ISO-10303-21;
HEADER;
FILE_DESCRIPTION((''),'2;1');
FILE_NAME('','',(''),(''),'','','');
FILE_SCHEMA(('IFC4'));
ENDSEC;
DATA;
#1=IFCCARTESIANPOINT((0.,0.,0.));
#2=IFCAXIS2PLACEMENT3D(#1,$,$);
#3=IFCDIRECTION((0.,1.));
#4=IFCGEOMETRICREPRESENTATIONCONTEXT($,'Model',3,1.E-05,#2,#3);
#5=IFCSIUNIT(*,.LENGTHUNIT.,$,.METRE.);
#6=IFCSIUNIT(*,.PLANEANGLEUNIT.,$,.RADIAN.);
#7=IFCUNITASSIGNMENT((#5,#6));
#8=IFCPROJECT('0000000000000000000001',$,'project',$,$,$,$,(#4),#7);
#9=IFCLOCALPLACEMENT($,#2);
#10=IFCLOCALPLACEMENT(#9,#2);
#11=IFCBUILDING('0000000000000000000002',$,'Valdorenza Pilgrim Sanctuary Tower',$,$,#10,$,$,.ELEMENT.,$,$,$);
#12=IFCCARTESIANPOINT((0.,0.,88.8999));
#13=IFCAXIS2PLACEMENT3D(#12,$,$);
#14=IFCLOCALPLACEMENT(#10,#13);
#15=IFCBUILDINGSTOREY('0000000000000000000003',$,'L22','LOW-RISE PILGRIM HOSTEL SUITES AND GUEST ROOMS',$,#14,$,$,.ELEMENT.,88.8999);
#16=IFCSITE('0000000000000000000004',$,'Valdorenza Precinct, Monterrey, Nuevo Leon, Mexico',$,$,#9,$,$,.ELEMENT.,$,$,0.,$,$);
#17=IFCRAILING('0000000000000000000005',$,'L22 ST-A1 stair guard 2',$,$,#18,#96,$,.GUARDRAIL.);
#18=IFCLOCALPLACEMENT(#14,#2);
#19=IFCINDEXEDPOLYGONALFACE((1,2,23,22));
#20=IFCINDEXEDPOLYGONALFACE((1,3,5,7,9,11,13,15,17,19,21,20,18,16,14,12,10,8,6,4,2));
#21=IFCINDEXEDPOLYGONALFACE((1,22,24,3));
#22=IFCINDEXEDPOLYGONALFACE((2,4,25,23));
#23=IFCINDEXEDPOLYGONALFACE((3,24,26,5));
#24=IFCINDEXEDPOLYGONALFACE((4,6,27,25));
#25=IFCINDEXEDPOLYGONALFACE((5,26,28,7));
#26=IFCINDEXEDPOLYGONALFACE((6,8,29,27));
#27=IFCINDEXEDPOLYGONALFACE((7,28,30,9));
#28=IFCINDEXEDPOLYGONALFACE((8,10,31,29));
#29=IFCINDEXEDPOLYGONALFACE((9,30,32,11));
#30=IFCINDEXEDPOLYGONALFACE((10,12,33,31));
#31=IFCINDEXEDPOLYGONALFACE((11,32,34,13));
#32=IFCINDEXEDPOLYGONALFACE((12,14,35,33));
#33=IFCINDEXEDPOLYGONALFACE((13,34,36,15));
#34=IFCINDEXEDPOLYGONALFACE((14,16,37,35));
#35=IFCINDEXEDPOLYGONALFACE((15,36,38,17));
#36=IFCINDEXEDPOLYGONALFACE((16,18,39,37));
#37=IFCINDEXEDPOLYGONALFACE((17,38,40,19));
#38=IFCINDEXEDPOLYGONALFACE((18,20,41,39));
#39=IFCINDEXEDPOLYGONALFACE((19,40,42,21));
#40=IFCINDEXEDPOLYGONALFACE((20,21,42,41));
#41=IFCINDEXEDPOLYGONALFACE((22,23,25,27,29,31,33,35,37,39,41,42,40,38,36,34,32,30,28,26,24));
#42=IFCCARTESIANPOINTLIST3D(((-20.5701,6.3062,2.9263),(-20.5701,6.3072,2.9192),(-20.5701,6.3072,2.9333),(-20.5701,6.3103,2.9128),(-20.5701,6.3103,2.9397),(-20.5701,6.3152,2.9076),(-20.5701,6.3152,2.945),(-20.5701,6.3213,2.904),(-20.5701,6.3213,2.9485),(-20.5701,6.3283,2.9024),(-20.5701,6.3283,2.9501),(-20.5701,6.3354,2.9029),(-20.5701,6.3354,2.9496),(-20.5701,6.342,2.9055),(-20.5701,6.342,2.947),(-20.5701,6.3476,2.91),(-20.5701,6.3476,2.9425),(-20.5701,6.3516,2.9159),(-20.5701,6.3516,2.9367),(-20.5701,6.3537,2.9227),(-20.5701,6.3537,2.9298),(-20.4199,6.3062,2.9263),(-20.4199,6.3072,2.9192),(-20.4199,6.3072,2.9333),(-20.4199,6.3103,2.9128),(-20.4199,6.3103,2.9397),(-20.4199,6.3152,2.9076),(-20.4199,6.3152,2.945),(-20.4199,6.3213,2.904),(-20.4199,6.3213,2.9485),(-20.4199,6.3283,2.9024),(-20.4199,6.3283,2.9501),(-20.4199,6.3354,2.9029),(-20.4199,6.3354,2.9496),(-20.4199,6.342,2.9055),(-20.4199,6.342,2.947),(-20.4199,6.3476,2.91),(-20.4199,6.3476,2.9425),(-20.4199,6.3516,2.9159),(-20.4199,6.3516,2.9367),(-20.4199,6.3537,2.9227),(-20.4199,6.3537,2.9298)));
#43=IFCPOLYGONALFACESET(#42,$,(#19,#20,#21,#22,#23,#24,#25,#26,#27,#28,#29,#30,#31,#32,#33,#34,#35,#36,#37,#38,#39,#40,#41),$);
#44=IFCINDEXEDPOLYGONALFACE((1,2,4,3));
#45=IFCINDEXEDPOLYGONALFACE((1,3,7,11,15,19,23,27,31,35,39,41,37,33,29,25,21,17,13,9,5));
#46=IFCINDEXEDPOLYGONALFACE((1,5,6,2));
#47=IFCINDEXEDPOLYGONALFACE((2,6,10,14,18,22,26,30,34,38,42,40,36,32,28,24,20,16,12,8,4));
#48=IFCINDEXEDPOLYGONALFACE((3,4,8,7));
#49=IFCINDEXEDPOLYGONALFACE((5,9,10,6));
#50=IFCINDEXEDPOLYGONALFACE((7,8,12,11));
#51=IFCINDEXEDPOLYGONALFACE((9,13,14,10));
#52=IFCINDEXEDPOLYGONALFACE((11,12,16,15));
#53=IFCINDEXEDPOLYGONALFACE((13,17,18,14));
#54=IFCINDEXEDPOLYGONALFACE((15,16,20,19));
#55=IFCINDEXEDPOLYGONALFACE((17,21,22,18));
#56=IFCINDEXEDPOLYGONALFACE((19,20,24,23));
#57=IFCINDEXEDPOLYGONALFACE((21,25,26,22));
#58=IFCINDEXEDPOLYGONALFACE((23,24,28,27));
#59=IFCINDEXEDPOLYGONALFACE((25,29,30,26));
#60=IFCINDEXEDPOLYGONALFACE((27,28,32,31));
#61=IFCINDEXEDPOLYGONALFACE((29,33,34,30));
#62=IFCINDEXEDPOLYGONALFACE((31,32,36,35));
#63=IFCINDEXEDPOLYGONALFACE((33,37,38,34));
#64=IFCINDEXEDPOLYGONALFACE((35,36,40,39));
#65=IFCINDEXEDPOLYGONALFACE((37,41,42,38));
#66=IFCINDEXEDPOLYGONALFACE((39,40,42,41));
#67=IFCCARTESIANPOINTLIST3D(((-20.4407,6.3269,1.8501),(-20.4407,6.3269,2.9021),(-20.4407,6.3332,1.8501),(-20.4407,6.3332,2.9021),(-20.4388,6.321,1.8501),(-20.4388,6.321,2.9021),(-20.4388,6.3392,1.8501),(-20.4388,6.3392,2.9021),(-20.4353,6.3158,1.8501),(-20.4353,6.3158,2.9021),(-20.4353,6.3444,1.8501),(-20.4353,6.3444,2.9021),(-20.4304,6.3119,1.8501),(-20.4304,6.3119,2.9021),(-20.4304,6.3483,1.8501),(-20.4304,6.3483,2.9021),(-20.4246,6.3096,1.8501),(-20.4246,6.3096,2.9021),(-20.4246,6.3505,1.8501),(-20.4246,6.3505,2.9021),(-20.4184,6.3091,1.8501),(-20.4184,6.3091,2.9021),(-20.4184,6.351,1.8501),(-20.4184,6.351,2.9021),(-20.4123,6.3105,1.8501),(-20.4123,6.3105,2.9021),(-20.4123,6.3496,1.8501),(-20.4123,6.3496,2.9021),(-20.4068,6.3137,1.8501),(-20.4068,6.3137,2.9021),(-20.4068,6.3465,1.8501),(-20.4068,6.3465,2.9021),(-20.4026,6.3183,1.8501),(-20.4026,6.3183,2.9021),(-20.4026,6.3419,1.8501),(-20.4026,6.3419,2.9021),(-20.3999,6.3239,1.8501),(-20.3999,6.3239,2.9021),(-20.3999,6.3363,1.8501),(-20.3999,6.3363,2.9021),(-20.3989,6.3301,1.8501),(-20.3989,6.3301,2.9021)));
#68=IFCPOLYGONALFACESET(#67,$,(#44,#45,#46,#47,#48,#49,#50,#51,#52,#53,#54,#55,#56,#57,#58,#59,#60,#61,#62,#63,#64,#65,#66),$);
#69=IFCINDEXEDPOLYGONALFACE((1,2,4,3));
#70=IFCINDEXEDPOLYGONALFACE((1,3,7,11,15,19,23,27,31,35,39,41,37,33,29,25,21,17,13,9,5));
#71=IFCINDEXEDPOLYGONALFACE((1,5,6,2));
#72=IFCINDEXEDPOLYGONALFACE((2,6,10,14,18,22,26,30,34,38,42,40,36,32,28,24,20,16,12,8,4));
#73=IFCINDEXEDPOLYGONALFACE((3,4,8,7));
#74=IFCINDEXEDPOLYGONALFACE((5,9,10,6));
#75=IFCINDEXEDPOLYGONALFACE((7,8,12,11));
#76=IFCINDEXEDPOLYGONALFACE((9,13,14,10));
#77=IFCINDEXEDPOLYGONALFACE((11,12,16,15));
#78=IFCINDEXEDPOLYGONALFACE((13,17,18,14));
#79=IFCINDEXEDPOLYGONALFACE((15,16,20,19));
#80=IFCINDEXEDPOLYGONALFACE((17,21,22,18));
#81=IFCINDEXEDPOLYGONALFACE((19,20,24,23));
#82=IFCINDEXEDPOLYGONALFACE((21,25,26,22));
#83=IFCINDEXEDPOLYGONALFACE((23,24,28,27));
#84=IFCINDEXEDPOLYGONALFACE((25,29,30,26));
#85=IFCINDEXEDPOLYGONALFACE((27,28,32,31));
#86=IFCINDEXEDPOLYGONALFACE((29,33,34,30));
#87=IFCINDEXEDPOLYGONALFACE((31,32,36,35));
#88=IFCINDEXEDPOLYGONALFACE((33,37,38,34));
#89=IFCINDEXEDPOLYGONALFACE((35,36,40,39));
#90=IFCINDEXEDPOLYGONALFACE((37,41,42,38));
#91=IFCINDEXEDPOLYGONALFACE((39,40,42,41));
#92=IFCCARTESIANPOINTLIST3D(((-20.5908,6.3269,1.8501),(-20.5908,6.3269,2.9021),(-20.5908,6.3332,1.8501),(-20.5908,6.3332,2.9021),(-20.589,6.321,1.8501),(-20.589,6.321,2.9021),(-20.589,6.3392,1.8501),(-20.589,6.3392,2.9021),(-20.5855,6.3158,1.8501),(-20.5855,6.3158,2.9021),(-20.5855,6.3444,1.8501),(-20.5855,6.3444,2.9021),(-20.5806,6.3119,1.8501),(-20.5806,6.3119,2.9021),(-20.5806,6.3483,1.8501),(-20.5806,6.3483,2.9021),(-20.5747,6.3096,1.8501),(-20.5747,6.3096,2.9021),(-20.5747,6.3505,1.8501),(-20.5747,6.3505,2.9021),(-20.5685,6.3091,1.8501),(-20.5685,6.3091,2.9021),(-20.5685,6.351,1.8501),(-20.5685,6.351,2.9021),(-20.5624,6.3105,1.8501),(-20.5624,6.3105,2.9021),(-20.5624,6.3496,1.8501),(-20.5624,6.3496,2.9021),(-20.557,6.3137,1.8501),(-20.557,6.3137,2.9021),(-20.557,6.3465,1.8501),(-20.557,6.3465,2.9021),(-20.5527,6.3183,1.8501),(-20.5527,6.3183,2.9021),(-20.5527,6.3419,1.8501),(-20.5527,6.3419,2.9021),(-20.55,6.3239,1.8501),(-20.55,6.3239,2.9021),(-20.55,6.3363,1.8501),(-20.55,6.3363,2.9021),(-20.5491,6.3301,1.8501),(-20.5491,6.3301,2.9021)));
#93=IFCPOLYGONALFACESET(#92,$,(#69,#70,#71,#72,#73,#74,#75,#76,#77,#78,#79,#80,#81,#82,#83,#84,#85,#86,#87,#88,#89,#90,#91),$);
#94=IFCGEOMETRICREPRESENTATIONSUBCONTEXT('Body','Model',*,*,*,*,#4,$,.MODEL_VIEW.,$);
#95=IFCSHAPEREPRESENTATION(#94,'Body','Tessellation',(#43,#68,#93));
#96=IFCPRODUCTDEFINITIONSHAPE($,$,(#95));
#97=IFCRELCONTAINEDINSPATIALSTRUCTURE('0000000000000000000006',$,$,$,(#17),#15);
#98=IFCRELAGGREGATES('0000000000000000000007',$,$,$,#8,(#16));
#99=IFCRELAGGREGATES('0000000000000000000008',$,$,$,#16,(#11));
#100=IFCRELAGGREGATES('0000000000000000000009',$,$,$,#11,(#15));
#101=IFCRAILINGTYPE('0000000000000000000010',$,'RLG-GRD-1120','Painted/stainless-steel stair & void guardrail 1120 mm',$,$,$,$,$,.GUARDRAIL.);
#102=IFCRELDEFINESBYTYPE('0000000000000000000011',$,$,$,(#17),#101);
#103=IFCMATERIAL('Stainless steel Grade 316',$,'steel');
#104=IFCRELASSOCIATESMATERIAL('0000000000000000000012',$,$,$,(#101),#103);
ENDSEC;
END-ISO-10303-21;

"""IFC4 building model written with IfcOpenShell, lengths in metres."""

from ifc_helpers import new_model, si_unit, direction, frame, origin, origin_2d, place, context, subcontext, project, spatial, circle, extrude, material, type_object, element, save


model = new_model("IFC4")

# Units and contexts
model_context = context("Model", 3, precision=1e-05, world=origin(), true_north=direction((0.0, 1.0)))
body_context = subcontext(model_context, "Body", "Model", "MODEL_VIEW")
ifc_project = project(units=[si_unit("LENGTHUNIT", "METRE"), si_unit("PLANEANGLEUNIT", "RADIAN")], contexts=[model_context])

# Site, building, storey
site_placement = place(None, origin())
site = spatial("IfcSite", under=ifc_project, at=site_placement, Name="Valdorenza Precinct, Monterrey, Nuevo Leon, Mexico", CompositionType="ELEMENT", RefElevation=0.0)
building_placement = place(site_placement, origin())
building = spatial("IfcBuilding", under=site, at=building_placement, Name="Valdorenza Pilgrim Sanctuary Tower", CompositionType="ELEMENT")
storey_placement = place(building_placement, frame((0.0, 0.0, 88.8999)))
storey = spatial("IfcBuildingStorey", under=building, at=storey_placement, Name="L22", Description="LOW-RISE PILGRIM HOSTEL SUITES AND GUEST ROOMS", CompositionType="ELEMENT", Elevation=88.8999)

# Railing
ifc_material_1 = material(Name="Stainless steel Grade 316", Category="steel")
railing_type_1 = type_object("IfcRailingType", Name="RLG-GRD-1120", Description="Painted/stainless-steel stair & void guardrail 1120 mm", PredefinedType="GUARDRAIL", material=ifc_material_1)
railing_1_placement = place(storey_placement, frame((-20.4199, 6.3301, 1.8501)))
element("IfcRailing", 1, at=railing_1_placement, inside=storey, type_object=railing_type_1, Name="L22 ST-A1 stair guard 2", PredefinedType="GUARDRAIL", context=body_context, shape_type="SweptSolid", body=[
    extrude(circle(Radius=0.0239, at=origin_2d()), frame((0.0, 0.0, 1.0762), z_axis=(-1.0, 0.0, 0.0), x_axis=(0.0, -1.0, 0.0)), (0.0, 0.0, 1.0), 0.1501),
    extrude(circle(Radius=0.021, at=origin_2d()), origin(), (0.0, 0.0, 1.0), 1.052),
    extrude(circle(Radius=0.021, at=origin_2d()), frame((-0.1501, 0.0, 0.0)), (0.0, 0.0, 1.0), 1.052),
])

save(model, "model.ifc")
